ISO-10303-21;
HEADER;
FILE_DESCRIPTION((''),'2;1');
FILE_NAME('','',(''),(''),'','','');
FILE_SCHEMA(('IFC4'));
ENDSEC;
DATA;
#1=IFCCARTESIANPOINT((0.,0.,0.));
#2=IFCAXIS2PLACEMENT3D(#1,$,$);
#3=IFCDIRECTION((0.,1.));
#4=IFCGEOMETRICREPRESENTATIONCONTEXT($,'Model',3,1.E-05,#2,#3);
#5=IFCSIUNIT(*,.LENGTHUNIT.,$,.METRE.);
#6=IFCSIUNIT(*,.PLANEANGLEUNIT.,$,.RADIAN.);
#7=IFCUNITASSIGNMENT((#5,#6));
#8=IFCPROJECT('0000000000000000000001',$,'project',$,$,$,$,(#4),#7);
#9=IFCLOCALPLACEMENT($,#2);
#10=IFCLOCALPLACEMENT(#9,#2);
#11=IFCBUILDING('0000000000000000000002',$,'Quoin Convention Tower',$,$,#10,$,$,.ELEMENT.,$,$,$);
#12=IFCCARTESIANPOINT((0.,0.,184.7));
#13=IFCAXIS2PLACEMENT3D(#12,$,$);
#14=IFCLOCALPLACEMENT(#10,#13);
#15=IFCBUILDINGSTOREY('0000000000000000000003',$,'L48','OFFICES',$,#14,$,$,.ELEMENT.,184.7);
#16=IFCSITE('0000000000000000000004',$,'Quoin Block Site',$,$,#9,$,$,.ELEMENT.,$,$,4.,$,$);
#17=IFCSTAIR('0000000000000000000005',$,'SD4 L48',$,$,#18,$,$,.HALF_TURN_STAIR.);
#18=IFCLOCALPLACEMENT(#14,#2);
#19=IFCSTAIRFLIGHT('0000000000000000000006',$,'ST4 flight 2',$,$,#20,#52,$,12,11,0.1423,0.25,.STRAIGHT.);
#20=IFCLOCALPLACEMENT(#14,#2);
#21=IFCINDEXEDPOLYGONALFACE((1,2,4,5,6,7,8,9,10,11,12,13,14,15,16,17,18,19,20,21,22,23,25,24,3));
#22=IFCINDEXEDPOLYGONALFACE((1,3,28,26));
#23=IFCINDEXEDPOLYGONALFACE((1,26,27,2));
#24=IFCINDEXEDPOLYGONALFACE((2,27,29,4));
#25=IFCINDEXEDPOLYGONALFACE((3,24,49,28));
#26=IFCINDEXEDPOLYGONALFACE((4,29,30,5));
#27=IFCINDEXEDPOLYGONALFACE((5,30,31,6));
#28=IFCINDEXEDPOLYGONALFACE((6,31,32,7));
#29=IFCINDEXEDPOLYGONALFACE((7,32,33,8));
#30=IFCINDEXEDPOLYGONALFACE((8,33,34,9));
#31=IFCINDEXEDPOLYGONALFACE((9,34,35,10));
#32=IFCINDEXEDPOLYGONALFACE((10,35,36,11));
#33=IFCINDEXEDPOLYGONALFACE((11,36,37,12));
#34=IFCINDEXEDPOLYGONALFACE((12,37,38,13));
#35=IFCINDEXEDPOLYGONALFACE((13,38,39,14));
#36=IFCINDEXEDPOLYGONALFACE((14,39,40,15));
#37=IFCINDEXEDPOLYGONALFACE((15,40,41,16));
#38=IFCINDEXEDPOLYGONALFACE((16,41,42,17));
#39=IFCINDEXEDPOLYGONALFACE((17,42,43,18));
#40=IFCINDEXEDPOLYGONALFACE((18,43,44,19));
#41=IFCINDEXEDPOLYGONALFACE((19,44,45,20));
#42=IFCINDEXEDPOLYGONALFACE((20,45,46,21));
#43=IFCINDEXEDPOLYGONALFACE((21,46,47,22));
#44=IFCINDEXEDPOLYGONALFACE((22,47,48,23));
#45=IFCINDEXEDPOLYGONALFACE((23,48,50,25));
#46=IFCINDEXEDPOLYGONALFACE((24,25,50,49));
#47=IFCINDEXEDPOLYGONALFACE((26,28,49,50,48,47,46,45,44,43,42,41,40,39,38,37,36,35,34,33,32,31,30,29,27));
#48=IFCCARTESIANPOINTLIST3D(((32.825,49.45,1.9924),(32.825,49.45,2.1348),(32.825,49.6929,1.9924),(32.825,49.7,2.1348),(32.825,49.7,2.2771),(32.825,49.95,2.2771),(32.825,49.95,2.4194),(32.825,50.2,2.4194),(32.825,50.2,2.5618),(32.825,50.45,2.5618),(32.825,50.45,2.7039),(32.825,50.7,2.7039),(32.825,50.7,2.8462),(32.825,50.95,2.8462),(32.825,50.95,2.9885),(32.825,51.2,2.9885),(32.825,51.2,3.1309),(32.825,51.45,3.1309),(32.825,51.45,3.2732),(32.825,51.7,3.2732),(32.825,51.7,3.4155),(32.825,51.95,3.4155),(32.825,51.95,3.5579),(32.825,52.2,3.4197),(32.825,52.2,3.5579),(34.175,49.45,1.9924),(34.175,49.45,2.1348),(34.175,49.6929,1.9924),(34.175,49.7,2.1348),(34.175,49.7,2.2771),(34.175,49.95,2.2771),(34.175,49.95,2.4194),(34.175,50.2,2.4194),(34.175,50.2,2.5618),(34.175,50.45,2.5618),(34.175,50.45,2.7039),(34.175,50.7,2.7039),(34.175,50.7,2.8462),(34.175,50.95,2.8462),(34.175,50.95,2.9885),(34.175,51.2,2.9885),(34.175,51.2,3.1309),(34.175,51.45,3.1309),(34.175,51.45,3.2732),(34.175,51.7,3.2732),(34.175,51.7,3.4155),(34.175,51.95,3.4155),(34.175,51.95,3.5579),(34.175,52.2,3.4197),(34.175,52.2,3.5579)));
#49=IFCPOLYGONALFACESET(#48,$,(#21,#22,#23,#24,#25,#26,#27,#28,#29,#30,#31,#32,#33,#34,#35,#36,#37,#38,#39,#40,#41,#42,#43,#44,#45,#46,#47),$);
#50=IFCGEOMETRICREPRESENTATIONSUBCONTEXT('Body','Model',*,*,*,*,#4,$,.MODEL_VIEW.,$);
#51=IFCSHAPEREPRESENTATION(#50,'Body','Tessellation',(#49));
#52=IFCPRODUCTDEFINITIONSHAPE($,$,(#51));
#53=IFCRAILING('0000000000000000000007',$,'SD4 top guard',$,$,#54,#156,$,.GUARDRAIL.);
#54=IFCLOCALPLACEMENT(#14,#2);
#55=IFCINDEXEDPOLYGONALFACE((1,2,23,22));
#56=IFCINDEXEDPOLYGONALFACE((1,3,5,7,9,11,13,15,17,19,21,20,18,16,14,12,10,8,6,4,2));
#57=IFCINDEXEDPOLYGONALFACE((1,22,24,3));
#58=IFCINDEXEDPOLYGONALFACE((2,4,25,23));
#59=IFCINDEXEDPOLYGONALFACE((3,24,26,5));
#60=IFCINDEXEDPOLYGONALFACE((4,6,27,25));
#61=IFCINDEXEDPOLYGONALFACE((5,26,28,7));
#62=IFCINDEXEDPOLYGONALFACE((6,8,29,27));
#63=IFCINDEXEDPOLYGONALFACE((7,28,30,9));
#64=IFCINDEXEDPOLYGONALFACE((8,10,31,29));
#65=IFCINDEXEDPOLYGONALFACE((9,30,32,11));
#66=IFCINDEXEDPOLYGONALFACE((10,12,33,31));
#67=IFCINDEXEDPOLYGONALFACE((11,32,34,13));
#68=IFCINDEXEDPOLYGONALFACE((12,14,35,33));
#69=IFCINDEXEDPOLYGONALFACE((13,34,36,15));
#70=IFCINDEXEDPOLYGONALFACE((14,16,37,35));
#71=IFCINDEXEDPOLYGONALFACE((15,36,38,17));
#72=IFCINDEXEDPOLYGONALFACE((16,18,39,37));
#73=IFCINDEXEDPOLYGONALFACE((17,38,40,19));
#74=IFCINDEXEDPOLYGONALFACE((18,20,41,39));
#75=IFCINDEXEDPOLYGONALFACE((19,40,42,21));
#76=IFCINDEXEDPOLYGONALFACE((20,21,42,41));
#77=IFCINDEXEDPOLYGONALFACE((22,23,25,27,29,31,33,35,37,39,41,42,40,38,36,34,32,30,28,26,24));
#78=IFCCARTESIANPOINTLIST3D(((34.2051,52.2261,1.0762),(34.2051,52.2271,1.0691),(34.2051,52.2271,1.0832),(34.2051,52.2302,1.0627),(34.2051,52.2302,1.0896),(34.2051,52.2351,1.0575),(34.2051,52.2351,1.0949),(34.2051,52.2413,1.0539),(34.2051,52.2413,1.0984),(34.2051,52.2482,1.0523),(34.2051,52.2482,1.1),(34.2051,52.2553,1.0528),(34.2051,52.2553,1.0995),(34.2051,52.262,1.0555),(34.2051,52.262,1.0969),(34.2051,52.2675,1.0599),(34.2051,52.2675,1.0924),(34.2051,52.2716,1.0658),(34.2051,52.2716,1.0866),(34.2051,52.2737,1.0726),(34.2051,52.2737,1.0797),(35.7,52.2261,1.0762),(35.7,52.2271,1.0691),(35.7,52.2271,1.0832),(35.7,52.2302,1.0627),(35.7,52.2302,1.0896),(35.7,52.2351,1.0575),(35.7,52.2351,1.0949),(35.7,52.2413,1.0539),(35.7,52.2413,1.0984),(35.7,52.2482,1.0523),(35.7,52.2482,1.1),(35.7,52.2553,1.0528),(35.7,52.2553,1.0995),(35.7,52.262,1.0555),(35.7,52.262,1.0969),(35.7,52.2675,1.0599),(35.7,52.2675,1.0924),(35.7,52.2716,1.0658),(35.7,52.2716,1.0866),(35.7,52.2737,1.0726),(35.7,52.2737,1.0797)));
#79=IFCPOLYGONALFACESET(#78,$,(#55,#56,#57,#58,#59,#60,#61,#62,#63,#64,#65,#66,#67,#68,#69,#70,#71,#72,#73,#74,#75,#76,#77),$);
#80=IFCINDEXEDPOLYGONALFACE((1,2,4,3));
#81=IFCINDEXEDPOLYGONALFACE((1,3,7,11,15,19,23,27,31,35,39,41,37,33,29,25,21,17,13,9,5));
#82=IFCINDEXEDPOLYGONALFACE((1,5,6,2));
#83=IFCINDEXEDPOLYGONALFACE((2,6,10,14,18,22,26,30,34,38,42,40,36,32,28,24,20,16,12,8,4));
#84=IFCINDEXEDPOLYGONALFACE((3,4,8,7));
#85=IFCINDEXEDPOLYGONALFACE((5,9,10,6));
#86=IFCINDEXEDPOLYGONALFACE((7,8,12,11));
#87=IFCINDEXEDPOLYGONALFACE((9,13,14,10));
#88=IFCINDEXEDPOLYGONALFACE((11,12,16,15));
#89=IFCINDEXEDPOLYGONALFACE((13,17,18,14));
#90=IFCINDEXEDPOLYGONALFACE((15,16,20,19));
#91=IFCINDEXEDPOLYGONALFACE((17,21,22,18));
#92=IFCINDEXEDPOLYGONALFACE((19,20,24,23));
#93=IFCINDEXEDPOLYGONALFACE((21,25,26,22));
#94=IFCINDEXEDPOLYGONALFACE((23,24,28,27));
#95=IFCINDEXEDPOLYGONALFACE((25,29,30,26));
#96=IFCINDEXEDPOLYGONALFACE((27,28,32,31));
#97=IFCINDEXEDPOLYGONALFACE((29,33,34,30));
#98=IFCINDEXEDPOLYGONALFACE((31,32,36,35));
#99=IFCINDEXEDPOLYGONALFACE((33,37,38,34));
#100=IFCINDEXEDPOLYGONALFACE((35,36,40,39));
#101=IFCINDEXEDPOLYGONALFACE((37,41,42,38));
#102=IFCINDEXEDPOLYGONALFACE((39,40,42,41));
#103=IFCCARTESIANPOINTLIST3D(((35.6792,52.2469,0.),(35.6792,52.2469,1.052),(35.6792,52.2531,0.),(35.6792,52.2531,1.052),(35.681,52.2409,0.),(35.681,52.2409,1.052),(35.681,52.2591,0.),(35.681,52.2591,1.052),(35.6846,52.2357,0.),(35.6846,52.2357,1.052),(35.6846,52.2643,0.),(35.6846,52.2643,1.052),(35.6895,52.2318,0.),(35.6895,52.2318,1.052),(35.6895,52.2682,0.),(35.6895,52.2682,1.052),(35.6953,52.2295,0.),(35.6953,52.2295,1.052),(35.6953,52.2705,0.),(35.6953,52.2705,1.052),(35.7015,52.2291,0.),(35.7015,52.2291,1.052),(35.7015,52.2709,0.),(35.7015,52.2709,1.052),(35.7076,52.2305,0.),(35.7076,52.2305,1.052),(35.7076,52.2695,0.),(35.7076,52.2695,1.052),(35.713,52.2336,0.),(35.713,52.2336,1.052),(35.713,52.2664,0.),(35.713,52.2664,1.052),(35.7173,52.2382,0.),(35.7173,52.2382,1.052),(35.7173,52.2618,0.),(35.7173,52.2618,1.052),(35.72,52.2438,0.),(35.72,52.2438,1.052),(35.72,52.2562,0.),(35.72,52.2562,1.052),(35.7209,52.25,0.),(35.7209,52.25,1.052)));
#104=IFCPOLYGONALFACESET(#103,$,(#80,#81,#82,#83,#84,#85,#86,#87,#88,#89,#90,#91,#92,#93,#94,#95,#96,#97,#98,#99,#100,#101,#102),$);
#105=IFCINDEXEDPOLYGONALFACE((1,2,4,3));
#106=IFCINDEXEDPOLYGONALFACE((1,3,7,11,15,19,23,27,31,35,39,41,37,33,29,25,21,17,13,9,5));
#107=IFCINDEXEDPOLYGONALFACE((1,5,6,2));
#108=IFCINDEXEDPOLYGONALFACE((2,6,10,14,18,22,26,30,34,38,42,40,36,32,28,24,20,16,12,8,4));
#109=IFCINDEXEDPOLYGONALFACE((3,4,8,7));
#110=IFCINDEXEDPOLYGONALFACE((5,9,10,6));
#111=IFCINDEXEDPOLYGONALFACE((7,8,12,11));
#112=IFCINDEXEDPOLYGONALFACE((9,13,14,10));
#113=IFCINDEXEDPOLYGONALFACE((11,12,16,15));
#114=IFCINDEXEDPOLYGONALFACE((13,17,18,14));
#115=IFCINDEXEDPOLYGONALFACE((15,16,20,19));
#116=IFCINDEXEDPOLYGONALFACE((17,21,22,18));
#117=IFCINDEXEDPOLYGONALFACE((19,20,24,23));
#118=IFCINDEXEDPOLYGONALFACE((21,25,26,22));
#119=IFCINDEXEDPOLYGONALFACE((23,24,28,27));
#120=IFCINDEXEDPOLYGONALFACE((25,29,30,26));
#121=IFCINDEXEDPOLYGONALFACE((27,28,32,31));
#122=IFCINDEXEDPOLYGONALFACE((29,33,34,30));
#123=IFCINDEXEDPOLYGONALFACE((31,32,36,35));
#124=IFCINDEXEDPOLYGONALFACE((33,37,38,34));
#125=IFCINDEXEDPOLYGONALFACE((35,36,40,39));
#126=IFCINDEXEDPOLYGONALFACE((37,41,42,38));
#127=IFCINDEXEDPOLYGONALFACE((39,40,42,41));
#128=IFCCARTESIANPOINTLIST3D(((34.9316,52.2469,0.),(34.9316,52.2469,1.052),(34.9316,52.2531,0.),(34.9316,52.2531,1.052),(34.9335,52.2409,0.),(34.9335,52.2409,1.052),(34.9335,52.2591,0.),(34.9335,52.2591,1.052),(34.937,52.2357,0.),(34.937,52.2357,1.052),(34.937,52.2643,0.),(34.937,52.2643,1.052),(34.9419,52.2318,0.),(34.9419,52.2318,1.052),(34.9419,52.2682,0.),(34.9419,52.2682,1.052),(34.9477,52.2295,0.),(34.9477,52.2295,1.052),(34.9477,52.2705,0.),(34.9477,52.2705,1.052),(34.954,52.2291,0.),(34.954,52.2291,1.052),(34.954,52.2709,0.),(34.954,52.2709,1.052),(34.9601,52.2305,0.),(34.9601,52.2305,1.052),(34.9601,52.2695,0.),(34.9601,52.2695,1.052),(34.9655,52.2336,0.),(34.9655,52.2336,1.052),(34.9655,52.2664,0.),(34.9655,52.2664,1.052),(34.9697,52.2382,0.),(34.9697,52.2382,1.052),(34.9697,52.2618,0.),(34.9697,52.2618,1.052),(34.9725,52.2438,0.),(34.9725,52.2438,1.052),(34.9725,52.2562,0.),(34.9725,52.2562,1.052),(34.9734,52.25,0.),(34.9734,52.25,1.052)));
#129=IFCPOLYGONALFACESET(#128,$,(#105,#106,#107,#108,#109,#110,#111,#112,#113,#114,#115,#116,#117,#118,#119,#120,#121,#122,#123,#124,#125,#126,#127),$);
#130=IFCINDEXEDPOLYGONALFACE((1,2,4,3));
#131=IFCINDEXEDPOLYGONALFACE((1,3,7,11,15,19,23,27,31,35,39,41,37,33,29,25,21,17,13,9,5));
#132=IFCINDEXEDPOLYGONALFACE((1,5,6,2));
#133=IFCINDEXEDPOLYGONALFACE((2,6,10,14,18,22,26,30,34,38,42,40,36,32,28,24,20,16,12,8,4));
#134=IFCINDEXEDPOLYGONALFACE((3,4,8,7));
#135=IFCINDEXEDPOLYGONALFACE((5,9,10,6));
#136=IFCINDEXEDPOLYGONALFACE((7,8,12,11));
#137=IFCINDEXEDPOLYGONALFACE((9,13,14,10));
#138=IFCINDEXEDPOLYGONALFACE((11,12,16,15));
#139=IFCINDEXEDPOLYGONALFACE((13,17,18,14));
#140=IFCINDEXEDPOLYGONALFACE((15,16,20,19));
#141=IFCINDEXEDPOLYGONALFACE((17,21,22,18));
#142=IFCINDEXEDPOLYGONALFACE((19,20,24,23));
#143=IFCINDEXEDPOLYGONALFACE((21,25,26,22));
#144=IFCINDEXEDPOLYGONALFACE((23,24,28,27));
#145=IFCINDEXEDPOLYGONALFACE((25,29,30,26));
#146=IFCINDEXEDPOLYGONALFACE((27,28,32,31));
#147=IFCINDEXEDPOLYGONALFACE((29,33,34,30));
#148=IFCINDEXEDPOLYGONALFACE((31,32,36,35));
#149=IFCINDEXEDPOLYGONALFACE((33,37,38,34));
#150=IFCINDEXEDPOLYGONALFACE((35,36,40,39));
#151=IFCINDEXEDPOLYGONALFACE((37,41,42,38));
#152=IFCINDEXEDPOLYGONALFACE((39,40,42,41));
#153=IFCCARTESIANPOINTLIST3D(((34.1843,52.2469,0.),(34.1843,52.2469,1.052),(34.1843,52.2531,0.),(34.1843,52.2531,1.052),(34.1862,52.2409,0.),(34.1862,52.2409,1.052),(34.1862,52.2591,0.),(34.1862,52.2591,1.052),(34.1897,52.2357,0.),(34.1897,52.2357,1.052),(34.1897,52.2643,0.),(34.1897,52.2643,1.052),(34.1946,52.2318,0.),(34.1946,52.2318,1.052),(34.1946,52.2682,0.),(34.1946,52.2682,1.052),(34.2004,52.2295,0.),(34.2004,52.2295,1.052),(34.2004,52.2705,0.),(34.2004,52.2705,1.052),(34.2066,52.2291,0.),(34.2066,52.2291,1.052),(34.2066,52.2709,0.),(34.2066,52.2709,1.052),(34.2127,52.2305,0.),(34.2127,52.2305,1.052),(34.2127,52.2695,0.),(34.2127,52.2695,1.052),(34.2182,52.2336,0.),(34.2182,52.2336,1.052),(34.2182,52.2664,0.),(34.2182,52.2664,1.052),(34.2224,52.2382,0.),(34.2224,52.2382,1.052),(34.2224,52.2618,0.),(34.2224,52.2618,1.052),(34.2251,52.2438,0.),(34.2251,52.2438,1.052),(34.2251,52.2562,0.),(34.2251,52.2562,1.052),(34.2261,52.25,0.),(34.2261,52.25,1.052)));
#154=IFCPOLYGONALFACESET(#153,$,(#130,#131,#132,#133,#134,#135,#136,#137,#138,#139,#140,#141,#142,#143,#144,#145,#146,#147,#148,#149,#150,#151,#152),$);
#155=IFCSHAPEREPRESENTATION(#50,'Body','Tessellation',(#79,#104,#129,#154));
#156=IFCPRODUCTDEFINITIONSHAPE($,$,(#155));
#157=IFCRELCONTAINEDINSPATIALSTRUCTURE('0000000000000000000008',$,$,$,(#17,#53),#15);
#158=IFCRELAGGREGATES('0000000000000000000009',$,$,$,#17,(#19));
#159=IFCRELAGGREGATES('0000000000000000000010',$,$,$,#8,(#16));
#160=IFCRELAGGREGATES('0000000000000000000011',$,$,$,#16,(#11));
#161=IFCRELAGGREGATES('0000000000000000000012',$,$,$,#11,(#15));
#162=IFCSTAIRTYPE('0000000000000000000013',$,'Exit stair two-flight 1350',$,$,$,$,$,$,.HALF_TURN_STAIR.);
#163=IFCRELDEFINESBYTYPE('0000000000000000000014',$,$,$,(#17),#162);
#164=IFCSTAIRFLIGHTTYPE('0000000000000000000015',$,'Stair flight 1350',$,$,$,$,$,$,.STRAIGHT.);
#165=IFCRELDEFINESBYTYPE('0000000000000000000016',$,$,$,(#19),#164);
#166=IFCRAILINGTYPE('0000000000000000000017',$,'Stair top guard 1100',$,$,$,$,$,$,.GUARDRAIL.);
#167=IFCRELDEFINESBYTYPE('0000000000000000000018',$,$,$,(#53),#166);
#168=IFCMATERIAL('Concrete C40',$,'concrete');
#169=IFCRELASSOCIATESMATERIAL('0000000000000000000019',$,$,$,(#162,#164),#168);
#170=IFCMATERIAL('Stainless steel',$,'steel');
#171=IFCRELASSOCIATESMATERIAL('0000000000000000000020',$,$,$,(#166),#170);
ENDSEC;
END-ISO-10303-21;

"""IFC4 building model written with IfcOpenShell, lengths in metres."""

from ifc_helpers import new_model, si_unit, direction, frame, origin, origin_2d, place, context, subcontext, project, spatial, polyline, circle, outline, extrude, material, type_object, element, aggregate, save


model = new_model("IFC4")

# Units and contexts
model_context = context("Model", 3, precision=1e-05, world=origin(), true_north=direction((0.0, 1.0)))
body_context = subcontext(model_context, "Body", "Model", "MODEL_VIEW")
ifc_project = project(units=[si_unit("LENGTHUNIT", "METRE"), si_unit("PLANEANGLEUNIT", "RADIAN")], contexts=[model_context])

# Site, building, storey
site_placement = place(None, origin())
site = spatial("IfcSite", under=ifc_project, at=site_placement, Name="Quoin Block Site", CompositionType="ELEMENT", RefElevation=4.0)
building_placement = place(site_placement, origin())
building = spatial("IfcBuilding", under=site, at=building_placement, Name="Quoin Convention Tower", CompositionType="ELEMENT")
storey_placement = place(building_placement, frame((0.0, 0.0, 184.7)))
storey = spatial("IfcBuildingStorey", under=building, at=storey_placement, Name="L48", Description="OFFICES", CompositionType="ELEMENT", Elevation=184.7)

# Shared definitions
ifc_material_1 = material(Name="Concrete C40", Category="concrete")
stair_type = type_object("IfcStairType", Name="Exit stair two-flight 1350", PredefinedType="HALF_TURN_STAIR", material=ifc_material_1)
stair_flight_type = type_object("IfcStairFlightType", Name="Stair flight 1350", PredefinedType="STRAIGHT", material=ifc_material_1)

# Stair, stair flight
stair_1_placement = place(storey_placement, origin())
stair_1 = element("IfcStair", 1, at=stair_1_placement, inside=storey, type_object=stair_type, Name="SD4 L48", PredefinedType="HALF_TURN_STAIR")
stair_flight_1_placement = place(storey_placement, frame((33.5, 49.45, 1.9924), z_axis=(0.0, 0.0, 1.0), x_axis=(0.0, 1.0, 0.0)))
stair_flight_1 = element("IfcStairFlight", 2, at=stair_flight_1_placement, type_object=stair_flight_type, Name="ST4 flight 2", NumberOfRisers=12, NumberOfTreads=11, PredefinedType="STRAIGHT", RiserHeight=0.1423, TreadLength=0.25, context=body_context, shape_type="SweptSolid", body=[
    extrude(outline(polyline([(0.0, 0.0), (0.0, 0.1423), (0.25, 0.1423), (0.25, 0.2847), (0.5, 0.2847), (0.5, 0.427), (0.75, 0.427), (0.75, 0.5693), (1.0, 0.5693), (1.0, 0.7114), (1.25, 0.7114), (1.25, 0.8538), (1.5, 0.8538), (1.5, 0.9961), (1.75, 0.9961), (1.75, 1.1384), (2.0, 1.1384), (2.0, 1.2808), (2.25, 1.2808), (2.25, 1.4231), (2.5, 1.4231), (2.5, 1.5654), (2.75, 1.5654), (2.75, 1.7078), (2.75, 1.4272), (0.2429, 0.0), (0.0, 0.0)])), frame((0.0, 0.675, 0.0), z_axis=(0.0, -1.0, 0.0), x_axis=(1.0, 0.0, 0.0)), (0.0, 0.0, 1.0), 1.3501),
])
aggregate(stair_1, [stair_flight_1])

# Railing
ifc_material_2 = material(Name="Stainless steel", Category="steel")
railing_type_1 = type_object("IfcRailingType", Name="Stair top guard 1100", PredefinedType="GUARDRAIL", material=ifc_material_2)
railing_1_placement = place(storey_placement, frame((35.7, 52.25, 0.0)))
element("IfcRailing", 3, at=railing_1_placement, inside=storey, type_object=railing_type_1, Name="SD4 top guard", PredefinedType="GUARDRAIL", context=body_context, shape_type="SweptSolid", body=[
    extrude(circle(Radius=0.0239, at=origin_2d()), frame((0.0, 0.0, 1.0762), z_axis=(-1.0, 0.0, 0.0), x_axis=(0.0, -1.0, 0.0)), (0.0, 0.0, 1.0), 1.4949),
    extrude(circle(Radius=0.021, at=origin_2d()), origin(), (0.0, 0.0, 1.0), 1.052),
    extrude(circle(Radius=0.021, at=origin_2d()), frame((-0.7476, 0.0, 0.0)), (0.0, 0.0, 1.0), 1.052),
    extrude(circle(Radius=0.021, at=origin_2d()), frame((-1.4949, 0.0, 0.0)), (0.0, 0.0, 1.0), 1.052),
])

save(model, "model.ifc")
